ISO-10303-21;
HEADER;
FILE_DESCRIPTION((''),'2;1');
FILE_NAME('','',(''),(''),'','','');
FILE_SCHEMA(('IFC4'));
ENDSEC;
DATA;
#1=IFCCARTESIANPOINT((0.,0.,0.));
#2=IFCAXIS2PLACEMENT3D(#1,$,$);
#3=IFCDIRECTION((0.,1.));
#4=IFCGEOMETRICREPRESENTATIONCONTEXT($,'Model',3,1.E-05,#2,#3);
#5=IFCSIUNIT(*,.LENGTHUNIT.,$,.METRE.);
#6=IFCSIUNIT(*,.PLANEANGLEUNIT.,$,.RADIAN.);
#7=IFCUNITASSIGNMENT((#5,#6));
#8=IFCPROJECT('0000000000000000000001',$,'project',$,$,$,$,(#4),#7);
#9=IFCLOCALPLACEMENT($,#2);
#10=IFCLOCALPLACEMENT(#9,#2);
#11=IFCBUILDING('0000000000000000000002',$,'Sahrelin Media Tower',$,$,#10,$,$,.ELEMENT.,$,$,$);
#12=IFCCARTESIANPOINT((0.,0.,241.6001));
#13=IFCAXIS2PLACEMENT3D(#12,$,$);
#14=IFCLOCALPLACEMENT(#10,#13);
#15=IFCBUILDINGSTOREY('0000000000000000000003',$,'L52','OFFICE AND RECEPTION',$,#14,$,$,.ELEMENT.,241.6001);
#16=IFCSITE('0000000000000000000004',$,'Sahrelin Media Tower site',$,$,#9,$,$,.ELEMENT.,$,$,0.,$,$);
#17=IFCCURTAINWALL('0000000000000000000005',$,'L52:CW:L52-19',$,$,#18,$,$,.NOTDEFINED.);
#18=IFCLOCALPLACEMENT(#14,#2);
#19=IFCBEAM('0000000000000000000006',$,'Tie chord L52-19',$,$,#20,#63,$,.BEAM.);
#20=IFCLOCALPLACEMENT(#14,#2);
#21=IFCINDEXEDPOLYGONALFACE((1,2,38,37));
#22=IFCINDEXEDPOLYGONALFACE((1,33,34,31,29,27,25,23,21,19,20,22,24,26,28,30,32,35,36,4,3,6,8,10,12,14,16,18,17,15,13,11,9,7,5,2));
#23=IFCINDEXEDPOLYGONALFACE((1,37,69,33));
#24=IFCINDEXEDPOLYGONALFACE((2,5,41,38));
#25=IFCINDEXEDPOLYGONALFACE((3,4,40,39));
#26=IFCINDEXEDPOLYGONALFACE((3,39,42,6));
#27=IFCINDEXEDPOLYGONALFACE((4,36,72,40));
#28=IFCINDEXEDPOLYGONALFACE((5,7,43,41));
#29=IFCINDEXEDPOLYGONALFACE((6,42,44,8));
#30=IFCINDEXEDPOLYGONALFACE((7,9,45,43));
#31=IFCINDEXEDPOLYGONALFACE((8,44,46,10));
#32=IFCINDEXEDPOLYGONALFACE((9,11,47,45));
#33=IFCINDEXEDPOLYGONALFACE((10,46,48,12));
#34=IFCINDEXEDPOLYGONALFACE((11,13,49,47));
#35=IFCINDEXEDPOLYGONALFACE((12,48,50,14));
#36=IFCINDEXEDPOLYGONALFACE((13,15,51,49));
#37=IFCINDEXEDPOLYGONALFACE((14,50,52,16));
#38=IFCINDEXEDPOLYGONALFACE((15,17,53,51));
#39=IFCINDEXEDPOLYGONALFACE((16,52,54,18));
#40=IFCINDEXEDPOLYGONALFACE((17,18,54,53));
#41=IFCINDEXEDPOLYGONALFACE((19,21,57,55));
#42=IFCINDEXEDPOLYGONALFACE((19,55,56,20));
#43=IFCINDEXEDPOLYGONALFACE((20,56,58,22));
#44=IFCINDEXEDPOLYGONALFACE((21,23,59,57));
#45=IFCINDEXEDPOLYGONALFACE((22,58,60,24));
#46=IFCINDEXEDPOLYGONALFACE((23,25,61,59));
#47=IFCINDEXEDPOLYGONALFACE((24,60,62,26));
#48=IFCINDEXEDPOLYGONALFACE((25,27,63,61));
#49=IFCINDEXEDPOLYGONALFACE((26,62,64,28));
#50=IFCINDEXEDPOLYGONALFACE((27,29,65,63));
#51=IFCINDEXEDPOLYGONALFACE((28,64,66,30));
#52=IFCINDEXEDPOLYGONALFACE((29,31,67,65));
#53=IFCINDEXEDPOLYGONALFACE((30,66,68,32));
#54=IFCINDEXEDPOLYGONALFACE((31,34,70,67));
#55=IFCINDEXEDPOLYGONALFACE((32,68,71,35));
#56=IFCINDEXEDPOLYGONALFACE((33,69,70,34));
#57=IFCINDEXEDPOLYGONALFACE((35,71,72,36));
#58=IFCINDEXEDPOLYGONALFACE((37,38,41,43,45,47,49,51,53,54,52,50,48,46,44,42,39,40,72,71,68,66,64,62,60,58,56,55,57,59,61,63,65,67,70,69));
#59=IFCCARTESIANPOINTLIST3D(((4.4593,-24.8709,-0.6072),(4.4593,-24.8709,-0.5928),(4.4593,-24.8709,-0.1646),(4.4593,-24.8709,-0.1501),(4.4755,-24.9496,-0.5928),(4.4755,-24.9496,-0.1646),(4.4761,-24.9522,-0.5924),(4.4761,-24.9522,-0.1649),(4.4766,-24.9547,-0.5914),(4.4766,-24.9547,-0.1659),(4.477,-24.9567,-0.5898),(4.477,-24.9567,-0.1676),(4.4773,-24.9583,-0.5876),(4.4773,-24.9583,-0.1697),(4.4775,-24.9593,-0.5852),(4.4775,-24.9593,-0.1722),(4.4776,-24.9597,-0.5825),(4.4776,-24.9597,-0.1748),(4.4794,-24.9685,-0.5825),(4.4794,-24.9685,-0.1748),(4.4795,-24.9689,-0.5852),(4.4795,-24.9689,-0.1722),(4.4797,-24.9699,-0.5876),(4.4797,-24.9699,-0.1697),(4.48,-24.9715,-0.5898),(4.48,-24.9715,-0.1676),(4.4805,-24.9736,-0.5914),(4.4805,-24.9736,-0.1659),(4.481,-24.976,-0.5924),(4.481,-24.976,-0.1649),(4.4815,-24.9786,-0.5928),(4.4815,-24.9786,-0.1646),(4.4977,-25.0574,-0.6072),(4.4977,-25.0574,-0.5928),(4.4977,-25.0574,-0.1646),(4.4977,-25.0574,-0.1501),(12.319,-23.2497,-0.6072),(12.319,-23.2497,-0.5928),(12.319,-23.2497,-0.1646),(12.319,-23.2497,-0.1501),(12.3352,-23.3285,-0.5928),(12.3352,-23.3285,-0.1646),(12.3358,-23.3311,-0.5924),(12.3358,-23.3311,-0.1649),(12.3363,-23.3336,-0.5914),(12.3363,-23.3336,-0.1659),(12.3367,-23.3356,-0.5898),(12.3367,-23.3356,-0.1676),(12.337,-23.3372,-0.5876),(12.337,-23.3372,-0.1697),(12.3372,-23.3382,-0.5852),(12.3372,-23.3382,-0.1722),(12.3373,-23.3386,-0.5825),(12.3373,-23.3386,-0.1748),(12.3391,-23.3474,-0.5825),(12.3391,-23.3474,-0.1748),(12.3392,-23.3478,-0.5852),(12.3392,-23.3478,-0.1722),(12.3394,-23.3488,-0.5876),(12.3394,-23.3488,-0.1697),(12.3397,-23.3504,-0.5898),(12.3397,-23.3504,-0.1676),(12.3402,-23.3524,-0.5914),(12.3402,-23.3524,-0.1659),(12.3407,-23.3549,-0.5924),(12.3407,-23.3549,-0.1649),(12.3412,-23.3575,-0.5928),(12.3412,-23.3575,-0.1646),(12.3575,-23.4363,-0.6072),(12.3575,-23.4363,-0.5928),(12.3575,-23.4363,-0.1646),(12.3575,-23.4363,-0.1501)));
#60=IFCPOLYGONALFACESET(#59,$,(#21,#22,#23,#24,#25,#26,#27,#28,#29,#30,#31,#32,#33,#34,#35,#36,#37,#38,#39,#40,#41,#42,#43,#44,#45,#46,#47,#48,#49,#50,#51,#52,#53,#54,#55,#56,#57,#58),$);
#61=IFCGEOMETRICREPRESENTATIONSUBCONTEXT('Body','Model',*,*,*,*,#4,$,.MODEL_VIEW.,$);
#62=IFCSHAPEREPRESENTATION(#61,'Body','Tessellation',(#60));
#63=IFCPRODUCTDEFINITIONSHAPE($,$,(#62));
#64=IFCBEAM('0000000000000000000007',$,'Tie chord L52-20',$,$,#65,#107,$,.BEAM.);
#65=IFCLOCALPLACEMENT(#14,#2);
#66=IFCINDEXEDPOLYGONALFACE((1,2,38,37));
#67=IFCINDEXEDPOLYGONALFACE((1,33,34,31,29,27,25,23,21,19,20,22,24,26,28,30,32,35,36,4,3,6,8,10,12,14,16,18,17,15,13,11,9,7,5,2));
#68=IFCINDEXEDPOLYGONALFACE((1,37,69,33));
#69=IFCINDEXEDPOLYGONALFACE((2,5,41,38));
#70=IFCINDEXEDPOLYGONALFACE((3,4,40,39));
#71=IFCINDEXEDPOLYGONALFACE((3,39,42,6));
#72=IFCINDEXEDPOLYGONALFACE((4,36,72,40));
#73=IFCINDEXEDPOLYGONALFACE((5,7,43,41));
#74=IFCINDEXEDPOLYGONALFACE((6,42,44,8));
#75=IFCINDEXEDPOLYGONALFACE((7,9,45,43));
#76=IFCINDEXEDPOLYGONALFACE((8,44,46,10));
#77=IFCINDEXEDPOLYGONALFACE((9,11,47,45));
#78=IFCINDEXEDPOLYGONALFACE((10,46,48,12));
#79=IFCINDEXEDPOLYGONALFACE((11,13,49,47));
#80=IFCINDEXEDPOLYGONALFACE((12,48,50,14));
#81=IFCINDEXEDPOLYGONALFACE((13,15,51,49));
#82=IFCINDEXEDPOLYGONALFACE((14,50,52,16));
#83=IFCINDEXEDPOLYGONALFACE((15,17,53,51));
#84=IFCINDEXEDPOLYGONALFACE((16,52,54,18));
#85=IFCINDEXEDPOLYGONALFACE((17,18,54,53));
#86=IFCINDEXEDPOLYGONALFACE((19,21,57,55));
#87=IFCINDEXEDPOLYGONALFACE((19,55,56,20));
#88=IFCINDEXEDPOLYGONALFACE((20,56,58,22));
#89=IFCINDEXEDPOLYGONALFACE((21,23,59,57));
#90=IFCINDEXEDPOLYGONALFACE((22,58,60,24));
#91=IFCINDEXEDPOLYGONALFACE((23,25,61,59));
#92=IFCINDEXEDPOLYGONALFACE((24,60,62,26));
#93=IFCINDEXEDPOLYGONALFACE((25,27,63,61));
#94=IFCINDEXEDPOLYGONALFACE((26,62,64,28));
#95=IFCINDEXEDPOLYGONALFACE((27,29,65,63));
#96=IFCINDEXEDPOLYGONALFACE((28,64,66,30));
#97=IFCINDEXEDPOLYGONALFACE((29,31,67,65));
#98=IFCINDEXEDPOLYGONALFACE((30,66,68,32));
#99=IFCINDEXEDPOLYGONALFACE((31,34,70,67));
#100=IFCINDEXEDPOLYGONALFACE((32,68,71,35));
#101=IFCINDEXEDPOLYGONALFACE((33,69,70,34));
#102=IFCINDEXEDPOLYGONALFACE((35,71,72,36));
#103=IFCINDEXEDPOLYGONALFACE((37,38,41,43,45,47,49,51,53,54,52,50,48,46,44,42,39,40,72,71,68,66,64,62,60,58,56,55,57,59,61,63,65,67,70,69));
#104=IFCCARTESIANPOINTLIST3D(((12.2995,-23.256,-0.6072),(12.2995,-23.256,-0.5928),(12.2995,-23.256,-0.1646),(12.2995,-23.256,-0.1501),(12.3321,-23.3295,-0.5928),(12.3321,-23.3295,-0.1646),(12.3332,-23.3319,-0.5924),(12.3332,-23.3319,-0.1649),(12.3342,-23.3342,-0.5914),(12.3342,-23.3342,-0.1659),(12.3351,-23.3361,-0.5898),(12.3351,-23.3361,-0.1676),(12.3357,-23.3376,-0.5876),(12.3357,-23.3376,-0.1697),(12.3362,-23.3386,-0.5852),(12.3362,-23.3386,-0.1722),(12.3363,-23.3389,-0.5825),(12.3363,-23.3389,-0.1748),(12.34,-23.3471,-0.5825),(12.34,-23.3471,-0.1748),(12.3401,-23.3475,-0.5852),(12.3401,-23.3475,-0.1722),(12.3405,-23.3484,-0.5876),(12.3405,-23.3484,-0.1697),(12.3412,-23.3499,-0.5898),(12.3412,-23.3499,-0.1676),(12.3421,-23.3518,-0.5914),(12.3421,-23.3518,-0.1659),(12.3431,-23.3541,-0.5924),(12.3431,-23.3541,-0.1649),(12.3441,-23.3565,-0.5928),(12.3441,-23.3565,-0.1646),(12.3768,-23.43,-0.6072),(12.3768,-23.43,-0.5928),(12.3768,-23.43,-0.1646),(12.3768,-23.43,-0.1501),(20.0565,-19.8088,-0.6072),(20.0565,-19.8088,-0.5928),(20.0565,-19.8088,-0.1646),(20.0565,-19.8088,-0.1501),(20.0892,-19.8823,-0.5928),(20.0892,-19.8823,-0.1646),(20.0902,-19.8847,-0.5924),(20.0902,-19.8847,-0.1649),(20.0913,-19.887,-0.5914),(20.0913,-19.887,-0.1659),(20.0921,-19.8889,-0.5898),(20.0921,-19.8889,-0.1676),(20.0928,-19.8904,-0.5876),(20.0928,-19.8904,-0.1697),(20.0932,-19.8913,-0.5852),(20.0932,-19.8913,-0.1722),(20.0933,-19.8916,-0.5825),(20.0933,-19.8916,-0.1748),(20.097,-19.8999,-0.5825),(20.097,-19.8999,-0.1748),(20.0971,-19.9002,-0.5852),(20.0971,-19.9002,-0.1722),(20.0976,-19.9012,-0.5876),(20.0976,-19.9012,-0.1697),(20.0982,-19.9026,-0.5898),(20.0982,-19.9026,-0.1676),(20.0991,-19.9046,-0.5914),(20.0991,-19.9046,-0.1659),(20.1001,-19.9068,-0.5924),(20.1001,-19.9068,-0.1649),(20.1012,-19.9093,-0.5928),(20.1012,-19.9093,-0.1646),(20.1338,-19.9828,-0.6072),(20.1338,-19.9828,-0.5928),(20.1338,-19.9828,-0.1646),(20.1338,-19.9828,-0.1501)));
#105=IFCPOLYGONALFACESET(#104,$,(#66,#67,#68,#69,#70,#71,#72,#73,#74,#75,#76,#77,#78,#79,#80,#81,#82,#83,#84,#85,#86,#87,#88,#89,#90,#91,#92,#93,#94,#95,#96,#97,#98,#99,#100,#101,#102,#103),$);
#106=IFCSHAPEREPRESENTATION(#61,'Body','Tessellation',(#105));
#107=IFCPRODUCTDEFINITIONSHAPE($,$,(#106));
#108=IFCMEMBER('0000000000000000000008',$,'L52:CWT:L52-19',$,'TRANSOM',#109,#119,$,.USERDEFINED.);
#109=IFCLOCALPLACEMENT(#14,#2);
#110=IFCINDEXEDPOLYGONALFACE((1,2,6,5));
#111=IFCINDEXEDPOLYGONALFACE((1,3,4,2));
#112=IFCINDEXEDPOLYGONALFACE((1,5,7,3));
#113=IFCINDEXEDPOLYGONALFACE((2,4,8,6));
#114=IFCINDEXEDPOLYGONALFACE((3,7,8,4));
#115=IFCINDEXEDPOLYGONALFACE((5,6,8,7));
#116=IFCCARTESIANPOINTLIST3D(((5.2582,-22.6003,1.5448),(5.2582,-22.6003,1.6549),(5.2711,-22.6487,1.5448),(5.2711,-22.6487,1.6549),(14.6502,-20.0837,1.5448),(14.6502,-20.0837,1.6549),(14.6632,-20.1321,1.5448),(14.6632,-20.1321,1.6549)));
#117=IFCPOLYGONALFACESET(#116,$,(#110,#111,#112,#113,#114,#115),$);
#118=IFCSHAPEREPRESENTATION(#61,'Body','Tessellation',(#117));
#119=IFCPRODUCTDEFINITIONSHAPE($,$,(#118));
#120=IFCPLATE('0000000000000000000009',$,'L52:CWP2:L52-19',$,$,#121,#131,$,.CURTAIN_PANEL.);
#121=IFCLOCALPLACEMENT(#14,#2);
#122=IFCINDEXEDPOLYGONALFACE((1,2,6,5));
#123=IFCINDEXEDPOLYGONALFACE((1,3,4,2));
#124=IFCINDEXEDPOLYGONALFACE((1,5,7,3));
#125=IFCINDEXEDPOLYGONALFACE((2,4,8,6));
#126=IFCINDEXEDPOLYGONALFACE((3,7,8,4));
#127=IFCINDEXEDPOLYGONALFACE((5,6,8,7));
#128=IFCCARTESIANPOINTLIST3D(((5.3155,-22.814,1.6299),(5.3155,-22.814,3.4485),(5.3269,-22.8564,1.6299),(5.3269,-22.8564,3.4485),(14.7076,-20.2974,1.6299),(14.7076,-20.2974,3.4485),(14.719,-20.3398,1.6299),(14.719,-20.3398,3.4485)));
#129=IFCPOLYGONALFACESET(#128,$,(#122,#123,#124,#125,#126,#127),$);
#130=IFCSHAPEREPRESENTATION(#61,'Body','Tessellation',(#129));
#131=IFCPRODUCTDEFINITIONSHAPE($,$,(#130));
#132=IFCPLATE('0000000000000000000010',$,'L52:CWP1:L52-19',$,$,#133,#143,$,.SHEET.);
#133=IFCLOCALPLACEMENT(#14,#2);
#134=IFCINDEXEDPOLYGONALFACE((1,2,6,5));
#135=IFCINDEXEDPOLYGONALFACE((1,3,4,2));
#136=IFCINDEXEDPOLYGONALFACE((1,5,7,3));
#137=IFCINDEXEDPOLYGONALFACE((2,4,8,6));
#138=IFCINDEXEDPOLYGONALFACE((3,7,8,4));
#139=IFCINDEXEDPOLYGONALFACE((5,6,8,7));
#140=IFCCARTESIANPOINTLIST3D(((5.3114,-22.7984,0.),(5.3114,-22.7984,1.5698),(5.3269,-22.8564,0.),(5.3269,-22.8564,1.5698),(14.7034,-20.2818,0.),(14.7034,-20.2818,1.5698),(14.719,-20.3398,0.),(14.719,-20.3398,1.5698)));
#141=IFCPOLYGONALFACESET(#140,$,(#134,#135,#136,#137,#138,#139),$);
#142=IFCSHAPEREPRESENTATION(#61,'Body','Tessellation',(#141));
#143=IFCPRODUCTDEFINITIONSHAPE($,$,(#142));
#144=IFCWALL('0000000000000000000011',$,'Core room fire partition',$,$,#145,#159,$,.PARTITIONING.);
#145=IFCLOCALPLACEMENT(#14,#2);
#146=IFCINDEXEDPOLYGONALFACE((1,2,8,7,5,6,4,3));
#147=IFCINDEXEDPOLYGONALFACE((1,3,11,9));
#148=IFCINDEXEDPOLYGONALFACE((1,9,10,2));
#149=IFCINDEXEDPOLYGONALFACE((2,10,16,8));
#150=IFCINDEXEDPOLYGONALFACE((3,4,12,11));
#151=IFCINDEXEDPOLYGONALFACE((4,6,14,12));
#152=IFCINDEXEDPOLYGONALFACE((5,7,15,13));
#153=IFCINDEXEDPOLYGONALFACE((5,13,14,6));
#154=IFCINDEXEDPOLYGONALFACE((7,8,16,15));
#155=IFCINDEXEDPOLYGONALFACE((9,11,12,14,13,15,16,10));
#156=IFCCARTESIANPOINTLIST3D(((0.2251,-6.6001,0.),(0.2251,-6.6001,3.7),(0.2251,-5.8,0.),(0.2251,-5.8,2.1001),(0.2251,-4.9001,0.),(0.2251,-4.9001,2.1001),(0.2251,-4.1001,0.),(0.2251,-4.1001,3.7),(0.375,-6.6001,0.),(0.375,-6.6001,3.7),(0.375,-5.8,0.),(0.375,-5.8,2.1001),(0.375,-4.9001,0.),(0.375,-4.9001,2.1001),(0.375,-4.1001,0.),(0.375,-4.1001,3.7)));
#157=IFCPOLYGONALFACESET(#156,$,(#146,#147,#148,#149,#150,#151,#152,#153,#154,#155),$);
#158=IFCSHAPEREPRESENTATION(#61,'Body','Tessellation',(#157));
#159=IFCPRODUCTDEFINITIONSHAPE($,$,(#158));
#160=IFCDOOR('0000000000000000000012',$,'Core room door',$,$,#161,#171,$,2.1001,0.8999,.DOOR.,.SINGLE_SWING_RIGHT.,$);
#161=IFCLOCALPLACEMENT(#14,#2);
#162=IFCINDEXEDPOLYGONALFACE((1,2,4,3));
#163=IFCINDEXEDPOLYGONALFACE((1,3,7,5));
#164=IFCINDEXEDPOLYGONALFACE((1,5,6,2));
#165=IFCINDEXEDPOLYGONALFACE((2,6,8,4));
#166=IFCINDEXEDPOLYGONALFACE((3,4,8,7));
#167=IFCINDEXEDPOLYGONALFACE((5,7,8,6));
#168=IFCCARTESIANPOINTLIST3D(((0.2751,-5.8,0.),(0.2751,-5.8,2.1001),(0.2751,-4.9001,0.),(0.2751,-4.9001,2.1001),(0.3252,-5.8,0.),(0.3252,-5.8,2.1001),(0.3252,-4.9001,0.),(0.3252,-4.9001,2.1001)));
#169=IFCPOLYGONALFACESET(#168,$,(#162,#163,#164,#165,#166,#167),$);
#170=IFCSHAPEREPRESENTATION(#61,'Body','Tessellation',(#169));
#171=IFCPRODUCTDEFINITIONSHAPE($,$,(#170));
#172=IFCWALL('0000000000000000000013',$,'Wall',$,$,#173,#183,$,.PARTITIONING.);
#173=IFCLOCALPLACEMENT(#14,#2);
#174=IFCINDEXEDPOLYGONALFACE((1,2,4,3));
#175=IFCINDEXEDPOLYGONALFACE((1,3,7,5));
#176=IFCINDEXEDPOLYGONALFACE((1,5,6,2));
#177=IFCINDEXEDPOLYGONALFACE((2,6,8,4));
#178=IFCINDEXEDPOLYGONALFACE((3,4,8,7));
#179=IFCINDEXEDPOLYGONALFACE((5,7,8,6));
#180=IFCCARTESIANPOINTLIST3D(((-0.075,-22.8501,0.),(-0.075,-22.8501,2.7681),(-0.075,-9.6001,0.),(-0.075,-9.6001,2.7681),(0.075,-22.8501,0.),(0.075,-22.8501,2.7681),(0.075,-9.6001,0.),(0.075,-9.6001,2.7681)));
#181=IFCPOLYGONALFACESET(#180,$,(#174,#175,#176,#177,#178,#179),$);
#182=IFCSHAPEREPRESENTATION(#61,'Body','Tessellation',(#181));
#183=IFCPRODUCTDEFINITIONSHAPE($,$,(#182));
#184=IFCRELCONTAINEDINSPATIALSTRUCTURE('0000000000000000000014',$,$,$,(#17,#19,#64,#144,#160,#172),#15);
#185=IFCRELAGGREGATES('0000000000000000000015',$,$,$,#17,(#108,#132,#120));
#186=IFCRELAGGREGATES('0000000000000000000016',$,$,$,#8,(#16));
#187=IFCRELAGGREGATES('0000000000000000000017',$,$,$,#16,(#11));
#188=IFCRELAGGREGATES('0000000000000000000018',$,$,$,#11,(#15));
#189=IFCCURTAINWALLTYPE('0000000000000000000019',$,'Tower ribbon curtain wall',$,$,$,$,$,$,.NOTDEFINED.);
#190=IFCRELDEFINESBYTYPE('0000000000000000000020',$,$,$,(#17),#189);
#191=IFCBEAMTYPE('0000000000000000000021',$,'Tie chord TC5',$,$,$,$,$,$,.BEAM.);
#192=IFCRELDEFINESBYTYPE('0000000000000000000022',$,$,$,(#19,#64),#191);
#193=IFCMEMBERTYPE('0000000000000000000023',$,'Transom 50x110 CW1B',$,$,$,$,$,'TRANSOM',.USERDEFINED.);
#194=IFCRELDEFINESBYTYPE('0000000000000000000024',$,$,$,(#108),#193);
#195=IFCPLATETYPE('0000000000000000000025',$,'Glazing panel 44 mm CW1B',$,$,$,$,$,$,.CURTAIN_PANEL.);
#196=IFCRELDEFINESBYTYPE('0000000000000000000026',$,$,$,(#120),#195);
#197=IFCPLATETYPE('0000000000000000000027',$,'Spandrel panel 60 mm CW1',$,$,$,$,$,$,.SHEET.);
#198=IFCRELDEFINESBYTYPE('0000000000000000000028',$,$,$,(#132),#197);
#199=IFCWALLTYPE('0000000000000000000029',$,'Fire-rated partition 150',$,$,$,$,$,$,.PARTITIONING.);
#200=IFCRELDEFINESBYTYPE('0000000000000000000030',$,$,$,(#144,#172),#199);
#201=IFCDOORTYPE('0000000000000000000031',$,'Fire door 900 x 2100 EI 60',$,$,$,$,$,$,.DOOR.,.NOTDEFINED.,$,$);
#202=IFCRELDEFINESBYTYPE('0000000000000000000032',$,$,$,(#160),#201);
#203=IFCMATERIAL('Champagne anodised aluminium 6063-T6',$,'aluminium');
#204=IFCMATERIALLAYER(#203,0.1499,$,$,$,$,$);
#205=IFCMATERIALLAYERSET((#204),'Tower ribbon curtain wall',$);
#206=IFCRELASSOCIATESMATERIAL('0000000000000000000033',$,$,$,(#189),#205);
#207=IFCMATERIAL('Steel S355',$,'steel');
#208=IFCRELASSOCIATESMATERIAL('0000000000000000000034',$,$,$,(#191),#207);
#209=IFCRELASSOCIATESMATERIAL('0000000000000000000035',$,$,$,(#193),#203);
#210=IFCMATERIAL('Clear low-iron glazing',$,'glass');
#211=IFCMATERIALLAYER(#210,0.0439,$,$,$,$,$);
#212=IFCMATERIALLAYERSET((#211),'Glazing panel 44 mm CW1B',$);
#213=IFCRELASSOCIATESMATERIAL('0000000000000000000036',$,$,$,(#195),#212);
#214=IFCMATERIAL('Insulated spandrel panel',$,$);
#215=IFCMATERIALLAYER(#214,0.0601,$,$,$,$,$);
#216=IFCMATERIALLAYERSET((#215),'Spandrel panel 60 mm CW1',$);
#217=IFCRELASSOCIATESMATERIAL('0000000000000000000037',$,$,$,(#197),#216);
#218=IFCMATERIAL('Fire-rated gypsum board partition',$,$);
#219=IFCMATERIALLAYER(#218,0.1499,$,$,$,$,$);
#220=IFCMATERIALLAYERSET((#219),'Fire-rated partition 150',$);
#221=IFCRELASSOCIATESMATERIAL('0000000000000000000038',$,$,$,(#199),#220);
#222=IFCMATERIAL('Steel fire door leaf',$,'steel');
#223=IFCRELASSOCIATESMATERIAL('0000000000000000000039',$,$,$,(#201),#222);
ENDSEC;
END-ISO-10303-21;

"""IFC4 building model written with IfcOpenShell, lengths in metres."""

from ifc_helpers import new_model, si_unit, direction, frame, frame_2d, origin, origin_2d, place, context, subcontext, project, spatial, polyline, rectangle, i_section, outline, extrude, material, layer, layer_set, material_profile, profile_set, type_object, element, fill, aggregate, save


model = new_model("IFC4")

# Units and contexts
model_context = context("Model", 3, precision=1e-05, world=origin(), true_north=direction((0.0, 1.0)))
body_context = subcontext(model_context, "Body", "Model", "MODEL_VIEW")
ifc_project = project(units=[si_unit("LENGTHUNIT", "METRE"), si_unit("PLANEANGLEUNIT", "RADIAN")], contexts=[model_context])

# Site, building, storey
site_placement = place(None, origin())
site = spatial("IfcSite", under=ifc_project, at=site_placement, Name="Sahrelin Media Tower site", CompositionType="ELEMENT", RefElevation=0.0)
building_placement = place(site_placement, origin())
building = spatial("IfcBuilding", under=site, at=building_placement, Name="Sahrelin Media Tower", CompositionType="ELEMENT")
storey_placement = place(building_placement, frame((0.0, 0.0, 241.6001)))
storey = spatial("IfcBuildingStorey", under=building, at=storey_placement, Name="L52", Description="OFFICE AND RECEPTION", CompositionType="ELEMENT", Elevation=241.6001)

# Shared definitions
ifc_material_1 = material(Name="Steel S355", Category="steel")

# Curtain wall
ifc_material_2 = material(Name="Champagne anodised aluminium 6063-T6", Category="aluminium")
ifc_layer_1 = layer(ifc_material_2, 0.1499)
ifc_layer_set_1 = layer_set([ifc_layer_1], Name="Tower ribbon curtain wall")
curtain_wall_type = type_object("IfcCurtainWallType", Name="Tower ribbon curtain wall", PredefinedType="NOTDEFINED", material=ifc_layer_set_1)
curtain_wall_1_placement = place(storey_placement, frame((10.0176, -21.5789, 0.0), z_axis=(0.0, 0.0, 1.0), x_axis=(1.0, 0.0, 0.0)))
curtain_wall_1 = element("IfcCurtainWall", 1, at=curtain_wall_1_placement, inside=storey, type_object=curtain_wall_type, Name="L52:CW:L52-19", PredefinedType="NOTDEFINED")

# Beams
ifc_material_profile_1 = material_profile(ifc_material_1, i_section(OverallWidth=0.1904, OverallDepth=0.457, WebThickness=0.009, FlangeThickness=0.0144, FilletRadius=0.0103, at=origin_2d()), Name="UB 457x191x74")
ifc_profile_set_1 = profile_set([ifc_material_profile_1], Name="Steel S355")
beam_type_1 = type_object("IfcBeamType", Name="Tie chord TC5", PredefinedType="BEAM", material=ifc_profile_set_1)
beam_1_placement = place(storey_placement, frame((4.4785, -24.9641, -0.3787), z_axis=(0.979385, 0.202004, 0.0), x_axis=(-0.202004, 0.979385, 0.0)))
element("IfcBeam", 2, at=beam_1_placement, inside=storey, type_object=beam_type_1, Name="Tie chord L52-19", PredefinedType="BEAM", context=body_context, shape_type="SweptSolid", body=[
    extrude(i_section(OverallWidth=0.1904, OverallDepth=0.457, WebThickness=0.009, FlangeThickness=0.0144, FilletRadius=0.0103, at=origin_2d()), origin(), (0.0, 0.0, 1.0), 8.0251),
])
beam_2_placement = place(storey_placement, frame((12.3381, -23.343, -0.3787), z_axis=(0.913826, 0.406106, 0.0), x_axis=(-0.406106, 0.913826, 0.0)))
element("IfcBeam", 3, at=beam_2_placement, inside=storey, type_object=beam_type_1, Name="Tie chord L52-20", PredefinedType="BEAM", context=body_context, shape_type="SweptSolid", body=[
    extrude(i_section(OverallWidth=0.1904, OverallDepth=0.457, WebThickness=0.009, FlangeThickness=0.0144, FilletRadius=0.0103, at=origin_2d()), origin(), (0.0, 0.0, 1.0), 8.4885),
])

# Member
ifc_material_profile_2 = material_profile(ifc_material_2, rectangle(XDim=0.05, YDim=0.1101, at=origin_2d()), Name="Transom 50x110")
ifc_profile_set_2 = profile_set([ifc_material_profile_2], Name="Champagne anodised aluminium 6063-T6")
member_type_1 = type_object("IfcMemberType", Name="Transom 50x110 CW1B", ElementType="TRANSOM", PredefinedType="USERDEFINED", material=ifc_profile_set_2)
member_1_placement = place(storey_placement, frame((5.2646, -22.6245, 1.5999), z_axis=(0.965926, 0.258819, 0.0), x_axis=(-0.258819, 0.965926, 0.0)))
member_1 = element("IfcMember", 4, at=member_1_placement, type_object=member_type_1, Name="L52:CWT:L52-19", ObjectType="TRANSOM", PredefinedType="USERDEFINED", context=body_context, shape_type="SweptSolid", body=[
    extrude(rectangle(XDim=0.05, YDim=0.1101, at=origin_2d()), origin(), (0.0, 0.0, 1.0), 9.7234),
])

# Plates
ifc_material_3 = material(Name="Clear low-iron glazing", Category="glass")
ifc_layer_2 = layer(ifc_material_3, 0.0439)
ifc_layer_set_2 = layer_set([ifc_layer_2], Name="Glazing panel 44 mm CW1B")
plate_type_1 = type_object("IfcPlateType", Name="Glazing panel 44 mm CW1B", PredefinedType="CURTAIN_PANEL", material=ifc_layer_set_2)
plate_1_placement = place(storey_placement, frame((5.3269, -22.8564, 1.6299), z_axis=(0.258819, -0.965926, 0.0), x_axis=(0.965926, 0.258819, 0.0)))
plate_1 = element("IfcPlate", 5, at=plate_1_placement, type_object=plate_type_1, Name="L52:CWP2:L52-19", PredefinedType="CURTAIN_PANEL", context=body_context, shape_type="SweptSolid", body=[
    extrude(outline(polyline([(0.0, 0.0), (9.7234, 0.0), (9.7234, 1.8186), (0.0, 1.8186), (0.0, 0.0)])), origin(), (0.0, 0.0, -1.0), 0.0439),
])
ifc_material_4 = material(Name="Insulated spandrel panel")
ifc_layer_3 = layer(ifc_material_4, 0.0601)
ifc_layer_set_3 = layer_set([ifc_layer_3], Name="Spandrel panel 60 mm CW1")
plate_type_2 = type_object("IfcPlateType", Name="Spandrel panel 60 mm CW1", PredefinedType="SHEET", material=ifc_layer_set_3)
plate_2_placement = place(storey_placement, frame((5.3269, -22.8564, 0.0), z_axis=(0.258819, -0.965926, 0.0), x_axis=(0.965926, 0.258819, 0.0)))
plate_2 = element("IfcPlate", 6, at=plate_2_placement, type_object=plate_type_2, Name="L52:CWP1:L52-19", PredefinedType="SHEET", context=body_context, shape_type="SweptSolid", body=[
    extrude(outline(polyline([(0.0, 0.0), (9.7234, 0.0), (9.7234, 1.5698), (0.0, 1.5698), (0.0, 0.0)])), origin(), (0.0, 0.0, -1.0), 0.0601),
])
aggregate(curtain_wall_1, [member_1, plate_2, plate_1])

# Wall, opening, door
ifc_material_5 = material(Name="Fire-rated gypsum board partition")
ifc_layer_4 = layer(ifc_material_5, 0.1499)
ifc_layer_set_4 = layer_set([ifc_layer_4], Name="Fire-rated partition 150")
wall_type_1 = type_object("IfcWallType", Name="Fire-rated partition 150", PredefinedType="PARTITIONING", material=ifc_layer_set_4)
wall_1_placement = place(storey_placement, frame((0.3, -6.6001, 0.0), z_axis=(0.0, 0.0, 1.0), x_axis=(0.0, 1.0, 0.0)))
wall_1 = element("IfcWall", 7, at=wall_1_placement, inside=storey, type_object=wall_type_1, Name="Core room fire partition", PredefinedType="PARTITIONING", context=body_context, shape_type="SweptSolid", body=[
    extrude(rectangle(XDim=2.5, YDim=0.1499, at=frame_2d((1.25, 0.0))), origin(), (0.0, 0.0, 1.0), 3.7),
])
opening_placement = place(wall_1_placement, frame((0.8, 0.0, 0.0)))
opening = element("IfcOpeningElement", 8, at=opening_placement, cuts=wall_1, PredefinedType="OPENING", context=body_context, shape_type="SweptSolid", body=[
    extrude(rectangle(XDim=0.8999, YDim=2.1001, at=frame_2d((0.45, 1.05))), frame((0.0, 0.075, 0.0), z_axis=(0.0, -1.0, 0.0), x_axis=(1.0, 0.0, 0.0)), (0.0, 0.0, 1.0), 0.1499),
])
ifc_material_6 = material(Name="Steel fire door leaf", Category="steel")
door_type = type_object("IfcDoorType", Name="Fire door 900 x 2100 EI 60", OperationType="NOTDEFINED", PredefinedType="DOOR", material=ifc_material_6)
door_placement = place(opening_placement, origin())
door = element("IfcDoor", 9, at=door_placement, inside=storey, type_object=door_type, Name="Core room door", OperationType="SINGLE_SWING_RIGHT", OverallHeight=2.1001, OverallWidth=0.8999, PredefinedType="DOOR", context=body_context, shape_type="SweptSolid", body=[
    extrude(rectangle(XDim=0.8999, YDim=2.1001, at=frame_2d((0.45, 1.05))), frame((0.0, 0.0249, 0.0), z_axis=(0.0, -1.0, 0.0), x_axis=(1.0, 0.0, 0.0)), (0.0, 0.0, 1.0), 0.05),
])
fill(opening, door)

# Wall
wall_2_placement = place(storey_placement, frame((0.0, -22.8501, 0.0), z_axis=(0.0, 0.0, 1.0), x_axis=(0.0, 1.0, 0.0)))
element("IfcWall", 10, at=wall_2_placement, inside=storey, type_object=wall_type_1, Name="Wall", PredefinedType="PARTITIONING", context=body_context, shape_type="SweptSolid", body=[
    extrude(rectangle(XDim=13.25, YDim=0.1499, at=frame_2d((6.625, 0.0))), origin(), (0.0, 0.0, 1.0), 2.7681),
])

save(model, "model.ifc")
